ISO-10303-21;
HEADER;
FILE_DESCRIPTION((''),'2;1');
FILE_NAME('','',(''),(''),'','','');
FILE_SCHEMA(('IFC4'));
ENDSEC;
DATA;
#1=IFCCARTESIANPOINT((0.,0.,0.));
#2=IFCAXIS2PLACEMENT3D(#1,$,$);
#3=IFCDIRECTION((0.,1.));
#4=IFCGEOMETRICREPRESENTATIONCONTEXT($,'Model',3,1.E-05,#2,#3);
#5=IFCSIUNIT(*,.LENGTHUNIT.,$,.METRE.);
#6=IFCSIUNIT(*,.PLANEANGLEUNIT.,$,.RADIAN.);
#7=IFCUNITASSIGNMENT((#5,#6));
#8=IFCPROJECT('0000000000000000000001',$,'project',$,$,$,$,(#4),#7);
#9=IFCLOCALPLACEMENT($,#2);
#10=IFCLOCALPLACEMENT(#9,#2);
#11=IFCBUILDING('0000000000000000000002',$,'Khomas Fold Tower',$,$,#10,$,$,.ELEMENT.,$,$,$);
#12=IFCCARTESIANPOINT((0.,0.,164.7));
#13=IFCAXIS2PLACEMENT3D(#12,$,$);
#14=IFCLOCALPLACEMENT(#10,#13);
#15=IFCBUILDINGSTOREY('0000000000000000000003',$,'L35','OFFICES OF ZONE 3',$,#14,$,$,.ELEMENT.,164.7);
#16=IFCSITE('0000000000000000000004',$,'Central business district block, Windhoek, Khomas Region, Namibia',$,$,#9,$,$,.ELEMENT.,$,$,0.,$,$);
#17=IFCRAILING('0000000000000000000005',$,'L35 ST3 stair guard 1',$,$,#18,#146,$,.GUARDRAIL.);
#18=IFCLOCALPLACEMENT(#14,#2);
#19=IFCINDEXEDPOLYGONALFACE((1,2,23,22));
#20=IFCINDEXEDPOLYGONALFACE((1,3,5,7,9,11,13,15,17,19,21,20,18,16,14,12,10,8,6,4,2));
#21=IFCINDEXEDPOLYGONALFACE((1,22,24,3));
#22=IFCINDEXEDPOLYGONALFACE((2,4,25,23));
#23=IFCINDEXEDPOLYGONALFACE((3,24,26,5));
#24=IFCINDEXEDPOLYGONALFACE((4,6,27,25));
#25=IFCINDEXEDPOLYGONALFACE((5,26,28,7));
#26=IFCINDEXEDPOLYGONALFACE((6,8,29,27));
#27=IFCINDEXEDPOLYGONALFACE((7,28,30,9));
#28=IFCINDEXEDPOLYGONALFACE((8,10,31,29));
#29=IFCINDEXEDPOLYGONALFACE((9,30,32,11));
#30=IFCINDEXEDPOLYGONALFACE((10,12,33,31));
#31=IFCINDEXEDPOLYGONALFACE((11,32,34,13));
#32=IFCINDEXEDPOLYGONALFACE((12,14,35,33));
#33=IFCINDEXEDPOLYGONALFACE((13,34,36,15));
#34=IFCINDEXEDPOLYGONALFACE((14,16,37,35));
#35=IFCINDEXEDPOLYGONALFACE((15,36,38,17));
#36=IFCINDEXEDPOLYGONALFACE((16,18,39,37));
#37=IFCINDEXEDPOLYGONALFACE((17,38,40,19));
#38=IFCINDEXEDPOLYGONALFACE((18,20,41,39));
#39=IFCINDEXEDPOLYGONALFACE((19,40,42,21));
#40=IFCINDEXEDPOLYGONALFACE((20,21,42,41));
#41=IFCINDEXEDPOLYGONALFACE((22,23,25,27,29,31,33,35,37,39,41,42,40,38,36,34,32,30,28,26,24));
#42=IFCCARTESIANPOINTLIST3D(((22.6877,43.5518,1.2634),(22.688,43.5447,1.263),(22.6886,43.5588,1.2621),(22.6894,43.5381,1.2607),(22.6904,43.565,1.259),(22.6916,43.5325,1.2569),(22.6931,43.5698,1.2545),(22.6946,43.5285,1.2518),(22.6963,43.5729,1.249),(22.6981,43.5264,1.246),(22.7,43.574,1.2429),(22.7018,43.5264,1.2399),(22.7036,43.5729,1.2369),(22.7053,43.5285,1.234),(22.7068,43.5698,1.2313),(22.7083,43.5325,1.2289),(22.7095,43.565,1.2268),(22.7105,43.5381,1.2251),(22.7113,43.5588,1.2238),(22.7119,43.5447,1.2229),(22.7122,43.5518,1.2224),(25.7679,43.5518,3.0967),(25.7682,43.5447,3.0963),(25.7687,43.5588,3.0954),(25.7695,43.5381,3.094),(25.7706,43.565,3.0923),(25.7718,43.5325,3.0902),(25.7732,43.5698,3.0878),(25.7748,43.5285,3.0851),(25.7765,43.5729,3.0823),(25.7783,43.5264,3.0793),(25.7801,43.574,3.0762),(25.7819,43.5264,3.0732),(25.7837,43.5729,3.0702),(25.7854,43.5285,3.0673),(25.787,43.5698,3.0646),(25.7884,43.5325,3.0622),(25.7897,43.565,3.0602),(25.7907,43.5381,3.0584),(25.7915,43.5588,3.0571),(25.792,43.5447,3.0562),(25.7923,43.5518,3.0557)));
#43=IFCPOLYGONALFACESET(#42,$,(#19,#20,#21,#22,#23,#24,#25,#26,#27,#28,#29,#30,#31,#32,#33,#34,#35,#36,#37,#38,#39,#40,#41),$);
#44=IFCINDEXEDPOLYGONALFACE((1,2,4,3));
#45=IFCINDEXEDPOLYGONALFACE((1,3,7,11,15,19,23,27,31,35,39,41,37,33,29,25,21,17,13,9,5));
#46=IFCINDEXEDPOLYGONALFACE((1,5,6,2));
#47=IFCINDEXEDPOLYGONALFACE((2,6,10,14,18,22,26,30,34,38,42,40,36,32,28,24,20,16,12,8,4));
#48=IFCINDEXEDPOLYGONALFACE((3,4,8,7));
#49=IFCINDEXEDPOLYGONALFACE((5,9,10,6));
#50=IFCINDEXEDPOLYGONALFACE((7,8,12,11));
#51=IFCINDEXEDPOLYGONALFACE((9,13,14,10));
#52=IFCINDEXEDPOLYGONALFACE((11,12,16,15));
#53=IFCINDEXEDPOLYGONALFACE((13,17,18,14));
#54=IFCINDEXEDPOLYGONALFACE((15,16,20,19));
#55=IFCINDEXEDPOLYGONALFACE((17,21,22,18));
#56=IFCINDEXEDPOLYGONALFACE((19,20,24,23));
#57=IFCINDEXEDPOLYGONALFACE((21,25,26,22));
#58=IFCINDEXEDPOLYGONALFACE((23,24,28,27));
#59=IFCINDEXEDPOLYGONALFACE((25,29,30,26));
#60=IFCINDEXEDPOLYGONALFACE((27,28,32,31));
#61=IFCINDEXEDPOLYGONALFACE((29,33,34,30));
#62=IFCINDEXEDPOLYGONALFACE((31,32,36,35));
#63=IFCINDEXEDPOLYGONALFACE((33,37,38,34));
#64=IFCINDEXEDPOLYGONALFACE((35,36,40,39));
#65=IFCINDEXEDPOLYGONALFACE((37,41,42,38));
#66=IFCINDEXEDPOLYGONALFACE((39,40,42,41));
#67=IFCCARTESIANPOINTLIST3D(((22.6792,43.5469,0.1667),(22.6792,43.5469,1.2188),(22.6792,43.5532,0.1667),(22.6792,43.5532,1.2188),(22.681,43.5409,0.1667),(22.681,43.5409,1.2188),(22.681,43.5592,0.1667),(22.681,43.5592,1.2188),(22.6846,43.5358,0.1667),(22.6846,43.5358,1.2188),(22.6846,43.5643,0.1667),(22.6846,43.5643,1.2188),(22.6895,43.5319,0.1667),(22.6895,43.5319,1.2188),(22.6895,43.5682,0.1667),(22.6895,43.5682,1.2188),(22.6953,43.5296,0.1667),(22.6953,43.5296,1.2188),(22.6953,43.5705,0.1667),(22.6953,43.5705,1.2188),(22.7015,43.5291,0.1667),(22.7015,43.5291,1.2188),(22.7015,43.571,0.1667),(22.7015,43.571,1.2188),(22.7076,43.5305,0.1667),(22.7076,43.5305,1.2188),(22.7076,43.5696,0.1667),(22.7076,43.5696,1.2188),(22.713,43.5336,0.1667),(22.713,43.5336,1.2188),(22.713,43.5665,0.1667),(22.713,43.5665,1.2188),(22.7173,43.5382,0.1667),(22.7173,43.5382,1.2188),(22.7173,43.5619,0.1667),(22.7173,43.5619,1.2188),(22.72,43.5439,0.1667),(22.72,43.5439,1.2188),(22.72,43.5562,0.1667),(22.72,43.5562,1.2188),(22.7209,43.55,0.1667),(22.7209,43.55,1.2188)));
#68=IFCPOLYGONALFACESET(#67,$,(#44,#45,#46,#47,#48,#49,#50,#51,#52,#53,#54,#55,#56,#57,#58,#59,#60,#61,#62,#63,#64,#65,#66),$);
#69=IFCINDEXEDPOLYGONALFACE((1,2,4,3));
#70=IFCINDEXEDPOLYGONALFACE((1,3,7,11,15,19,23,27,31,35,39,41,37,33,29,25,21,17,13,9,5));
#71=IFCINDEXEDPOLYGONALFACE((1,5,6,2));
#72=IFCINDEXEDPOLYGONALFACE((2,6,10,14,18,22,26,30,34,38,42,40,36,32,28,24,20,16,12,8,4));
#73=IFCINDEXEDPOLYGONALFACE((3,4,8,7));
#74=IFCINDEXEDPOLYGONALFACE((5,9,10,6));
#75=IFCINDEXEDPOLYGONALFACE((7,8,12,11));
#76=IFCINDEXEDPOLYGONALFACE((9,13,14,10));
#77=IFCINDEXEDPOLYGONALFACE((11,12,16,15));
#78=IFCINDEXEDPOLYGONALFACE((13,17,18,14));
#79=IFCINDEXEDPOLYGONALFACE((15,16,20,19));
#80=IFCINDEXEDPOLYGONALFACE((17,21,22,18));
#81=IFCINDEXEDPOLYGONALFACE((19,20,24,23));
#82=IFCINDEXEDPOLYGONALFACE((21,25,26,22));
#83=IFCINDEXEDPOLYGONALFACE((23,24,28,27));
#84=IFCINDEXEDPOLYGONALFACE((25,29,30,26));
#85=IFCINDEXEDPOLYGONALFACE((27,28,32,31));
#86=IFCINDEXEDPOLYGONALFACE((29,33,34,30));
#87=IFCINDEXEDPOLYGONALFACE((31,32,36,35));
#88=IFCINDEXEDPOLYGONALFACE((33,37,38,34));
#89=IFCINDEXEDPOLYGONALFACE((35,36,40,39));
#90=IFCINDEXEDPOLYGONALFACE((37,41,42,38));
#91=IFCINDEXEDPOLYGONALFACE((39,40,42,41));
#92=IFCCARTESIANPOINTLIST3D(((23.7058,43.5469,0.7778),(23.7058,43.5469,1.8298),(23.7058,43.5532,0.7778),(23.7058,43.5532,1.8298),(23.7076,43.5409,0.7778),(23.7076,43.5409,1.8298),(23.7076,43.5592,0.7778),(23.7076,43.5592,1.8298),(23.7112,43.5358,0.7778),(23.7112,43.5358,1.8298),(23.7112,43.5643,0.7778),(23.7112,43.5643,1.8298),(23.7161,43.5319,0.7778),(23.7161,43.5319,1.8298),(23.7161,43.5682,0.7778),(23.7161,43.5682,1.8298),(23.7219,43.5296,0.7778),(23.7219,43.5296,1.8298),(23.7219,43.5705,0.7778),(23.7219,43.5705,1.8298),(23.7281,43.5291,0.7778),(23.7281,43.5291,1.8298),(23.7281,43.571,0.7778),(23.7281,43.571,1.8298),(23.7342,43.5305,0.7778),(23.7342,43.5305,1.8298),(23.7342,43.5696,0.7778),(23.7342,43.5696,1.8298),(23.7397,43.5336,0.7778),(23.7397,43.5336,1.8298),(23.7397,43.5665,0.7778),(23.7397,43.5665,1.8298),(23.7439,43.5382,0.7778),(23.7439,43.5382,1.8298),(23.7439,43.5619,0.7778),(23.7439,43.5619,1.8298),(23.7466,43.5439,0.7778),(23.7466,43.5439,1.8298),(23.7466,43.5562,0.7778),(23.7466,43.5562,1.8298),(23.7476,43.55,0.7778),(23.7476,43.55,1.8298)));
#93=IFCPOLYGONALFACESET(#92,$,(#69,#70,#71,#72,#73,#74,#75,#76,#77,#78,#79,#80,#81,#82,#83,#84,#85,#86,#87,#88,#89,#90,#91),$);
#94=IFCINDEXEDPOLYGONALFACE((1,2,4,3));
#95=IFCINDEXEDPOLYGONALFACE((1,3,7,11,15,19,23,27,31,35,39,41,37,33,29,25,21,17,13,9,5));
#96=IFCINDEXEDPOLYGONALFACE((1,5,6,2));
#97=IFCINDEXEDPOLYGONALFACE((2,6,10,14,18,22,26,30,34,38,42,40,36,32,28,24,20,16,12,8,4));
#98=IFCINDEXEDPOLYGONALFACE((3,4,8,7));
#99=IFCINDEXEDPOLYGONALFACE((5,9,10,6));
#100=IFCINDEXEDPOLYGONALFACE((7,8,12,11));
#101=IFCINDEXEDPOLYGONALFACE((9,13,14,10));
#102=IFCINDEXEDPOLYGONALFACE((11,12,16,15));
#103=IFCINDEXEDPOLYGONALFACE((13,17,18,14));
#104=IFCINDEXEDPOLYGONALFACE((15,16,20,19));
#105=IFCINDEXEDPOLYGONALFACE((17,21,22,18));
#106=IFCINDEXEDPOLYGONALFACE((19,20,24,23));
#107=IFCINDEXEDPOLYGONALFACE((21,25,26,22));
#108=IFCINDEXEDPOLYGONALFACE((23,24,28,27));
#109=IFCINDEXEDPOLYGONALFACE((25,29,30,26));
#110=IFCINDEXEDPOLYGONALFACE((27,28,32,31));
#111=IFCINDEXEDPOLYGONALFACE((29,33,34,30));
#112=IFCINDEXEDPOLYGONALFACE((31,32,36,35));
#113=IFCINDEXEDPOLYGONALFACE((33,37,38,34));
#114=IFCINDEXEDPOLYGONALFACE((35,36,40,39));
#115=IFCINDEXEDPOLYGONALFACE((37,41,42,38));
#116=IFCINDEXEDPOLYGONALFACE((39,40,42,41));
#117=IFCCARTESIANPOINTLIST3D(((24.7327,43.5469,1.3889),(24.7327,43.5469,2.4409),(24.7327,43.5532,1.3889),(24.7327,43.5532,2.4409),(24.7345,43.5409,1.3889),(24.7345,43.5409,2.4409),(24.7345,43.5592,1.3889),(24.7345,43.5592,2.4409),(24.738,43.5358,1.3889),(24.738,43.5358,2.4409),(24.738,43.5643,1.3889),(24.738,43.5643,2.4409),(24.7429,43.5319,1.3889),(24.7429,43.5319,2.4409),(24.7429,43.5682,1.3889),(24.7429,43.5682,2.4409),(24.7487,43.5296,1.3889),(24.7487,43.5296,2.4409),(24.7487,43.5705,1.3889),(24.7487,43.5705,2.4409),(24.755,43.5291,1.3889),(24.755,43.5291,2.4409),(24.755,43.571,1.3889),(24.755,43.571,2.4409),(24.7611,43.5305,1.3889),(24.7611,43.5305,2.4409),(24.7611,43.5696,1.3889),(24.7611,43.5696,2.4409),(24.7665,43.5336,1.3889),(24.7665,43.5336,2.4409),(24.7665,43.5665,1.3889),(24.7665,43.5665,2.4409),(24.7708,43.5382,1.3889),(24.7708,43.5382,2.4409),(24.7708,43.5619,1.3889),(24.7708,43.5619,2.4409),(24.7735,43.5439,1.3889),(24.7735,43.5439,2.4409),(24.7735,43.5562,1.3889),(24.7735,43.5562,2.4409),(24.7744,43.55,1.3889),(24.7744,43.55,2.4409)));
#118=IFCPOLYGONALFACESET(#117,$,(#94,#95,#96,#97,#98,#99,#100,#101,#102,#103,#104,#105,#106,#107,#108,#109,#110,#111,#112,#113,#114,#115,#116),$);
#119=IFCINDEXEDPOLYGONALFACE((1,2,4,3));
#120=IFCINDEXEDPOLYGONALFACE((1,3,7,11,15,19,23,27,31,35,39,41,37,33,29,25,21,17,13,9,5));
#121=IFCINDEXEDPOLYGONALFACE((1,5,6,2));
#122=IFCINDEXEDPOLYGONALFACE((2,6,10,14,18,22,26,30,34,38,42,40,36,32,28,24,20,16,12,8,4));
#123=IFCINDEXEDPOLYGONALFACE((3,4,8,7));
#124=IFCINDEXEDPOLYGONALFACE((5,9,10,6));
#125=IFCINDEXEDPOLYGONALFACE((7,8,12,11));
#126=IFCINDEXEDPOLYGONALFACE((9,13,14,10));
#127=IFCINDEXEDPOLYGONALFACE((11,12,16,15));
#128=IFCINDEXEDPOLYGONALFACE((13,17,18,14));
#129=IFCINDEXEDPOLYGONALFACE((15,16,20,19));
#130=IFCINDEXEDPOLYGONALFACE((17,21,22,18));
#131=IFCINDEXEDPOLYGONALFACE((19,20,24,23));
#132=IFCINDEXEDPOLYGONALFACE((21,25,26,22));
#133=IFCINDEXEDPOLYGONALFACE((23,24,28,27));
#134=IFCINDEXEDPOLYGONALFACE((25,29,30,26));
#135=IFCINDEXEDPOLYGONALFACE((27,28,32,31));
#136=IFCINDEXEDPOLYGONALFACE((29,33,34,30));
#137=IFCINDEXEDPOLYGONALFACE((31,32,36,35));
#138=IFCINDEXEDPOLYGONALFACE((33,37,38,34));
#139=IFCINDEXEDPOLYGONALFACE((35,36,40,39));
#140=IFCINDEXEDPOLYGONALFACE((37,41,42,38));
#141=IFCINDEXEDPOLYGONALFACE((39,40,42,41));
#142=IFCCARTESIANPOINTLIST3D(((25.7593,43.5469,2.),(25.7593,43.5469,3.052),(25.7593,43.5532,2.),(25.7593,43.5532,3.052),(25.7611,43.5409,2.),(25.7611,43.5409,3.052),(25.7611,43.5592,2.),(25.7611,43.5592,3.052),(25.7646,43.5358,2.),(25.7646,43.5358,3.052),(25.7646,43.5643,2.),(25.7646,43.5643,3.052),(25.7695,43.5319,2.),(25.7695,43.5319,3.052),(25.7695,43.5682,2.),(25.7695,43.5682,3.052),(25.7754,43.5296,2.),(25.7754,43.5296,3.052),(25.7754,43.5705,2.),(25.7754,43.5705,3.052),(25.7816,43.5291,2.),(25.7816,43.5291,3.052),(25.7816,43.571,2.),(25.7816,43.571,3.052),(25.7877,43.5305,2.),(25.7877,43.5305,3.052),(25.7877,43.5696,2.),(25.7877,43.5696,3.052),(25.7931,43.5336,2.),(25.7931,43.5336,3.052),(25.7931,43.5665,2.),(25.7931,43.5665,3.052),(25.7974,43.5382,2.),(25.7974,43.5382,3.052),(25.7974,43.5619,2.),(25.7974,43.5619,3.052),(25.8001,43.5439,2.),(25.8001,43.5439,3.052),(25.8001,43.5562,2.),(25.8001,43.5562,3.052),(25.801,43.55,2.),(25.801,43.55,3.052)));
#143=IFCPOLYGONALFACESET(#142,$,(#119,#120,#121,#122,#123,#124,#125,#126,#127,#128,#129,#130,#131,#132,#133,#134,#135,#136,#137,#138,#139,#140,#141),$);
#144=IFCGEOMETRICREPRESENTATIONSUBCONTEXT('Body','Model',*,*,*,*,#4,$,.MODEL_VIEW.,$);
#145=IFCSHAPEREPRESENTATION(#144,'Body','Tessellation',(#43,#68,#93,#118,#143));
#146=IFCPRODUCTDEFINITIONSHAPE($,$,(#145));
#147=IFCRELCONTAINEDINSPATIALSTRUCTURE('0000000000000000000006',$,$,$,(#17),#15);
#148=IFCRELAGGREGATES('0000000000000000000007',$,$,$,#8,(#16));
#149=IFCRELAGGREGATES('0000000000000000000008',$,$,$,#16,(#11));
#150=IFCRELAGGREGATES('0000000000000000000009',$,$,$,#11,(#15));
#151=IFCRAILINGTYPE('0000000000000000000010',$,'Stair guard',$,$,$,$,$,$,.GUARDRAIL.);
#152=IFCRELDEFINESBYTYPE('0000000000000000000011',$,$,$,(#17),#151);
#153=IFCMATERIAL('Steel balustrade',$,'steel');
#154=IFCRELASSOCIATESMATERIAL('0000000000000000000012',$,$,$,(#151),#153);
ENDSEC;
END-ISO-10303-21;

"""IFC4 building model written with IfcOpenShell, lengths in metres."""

from ifc_helpers import new_model, si_unit, direction, frame, origin, origin_2d, place, context, subcontext, project, spatial, circle, extrude, source, transform, mapped, material, type_object, element, save


model = new_model("IFC4")

# Units and contexts
model_context = context("Model", 3, precision=1e-05, world=origin(), true_north=direction((0.0, 1.0)))
body_context = subcontext(model_context, "Body", "Model", "MODEL_VIEW")
ifc_project = project(units=[si_unit("LENGTHUNIT", "METRE"), si_unit("PLANEANGLEUNIT", "RADIAN")], contexts=[model_context])

# Site, building, storey
site_placement = place(None, origin())
site = spatial("IfcSite", under=ifc_project, at=site_placement, Name="Central business district block, Windhoek, Khomas Region, Namibia", CompositionType="ELEMENT", RefElevation=0.0)
building_placement = place(site_placement, origin())
building = spatial("IfcBuilding", under=site, at=building_placement, Name="Khomas Fold Tower", CompositionType="ELEMENT")
storey_placement = place(building_placement, frame((0.0, 0.0, 164.7)))
storey = spatial("IfcBuildingStorey", under=building, at=storey_placement, Name="L35", Description="OFFICES OF ZONE 3", CompositionType="ELEMENT", Elevation=164.7)

# Railing
ifc_material_1 = material(Name="Steel balustrade", Category="steel")
railing_type_1 = type_object("IfcRailingType", Name="Stair guard", PredefinedType="GUARDRAIL", material=ifc_material_1)
shared_shape_1 = source(origin(), body_context, "Body", "SweptSolid", [
    extrude(circle(Radius=0.0239, at=origin_2d()), frame((0.0, 0.0, 1.0762), z_axis=(0.859309, 0.0, 0.511458), x_axis=(0.0, 1.0, 0.0)), (0.0, 0.0, 1.0), 3.5845),
    extrude(circle(Radius=0.021, at=origin_2d()), origin(), (0.0, 0.0, 1.0), 1.052),
    extrude(circle(Radius=0.021, at=origin_2d()), frame((1.0266, 0.0, 0.6111)), (0.0, 0.0, 1.0), 1.052),
    extrude(circle(Radius=0.021, at=origin_2d()), frame((2.0535, 0.0, 1.2222)), (0.0, 0.0, 1.0), 1.052),
    extrude(circle(Radius=0.021, at=origin_2d()), frame((3.0801, 0.0, 1.8333)), (0.0, 0.0, 1.0), 1.052),
])
railing_1_placement = place(storey_placement, frame((22.7, 43.55, 0.1667)))
element("IfcRailing", 1, at=railing_1_placement, inside=storey, type_object=railing_type_1, Name="L35 ST3 stair guard 1", PredefinedType="GUARDRAIL", context=body_context, shape_type="MappedRepresentation", body=[
    mapped(shared_shape_1, transform((0.0, 0.0, 0.0))),
])

save(model, "model.ifc")
